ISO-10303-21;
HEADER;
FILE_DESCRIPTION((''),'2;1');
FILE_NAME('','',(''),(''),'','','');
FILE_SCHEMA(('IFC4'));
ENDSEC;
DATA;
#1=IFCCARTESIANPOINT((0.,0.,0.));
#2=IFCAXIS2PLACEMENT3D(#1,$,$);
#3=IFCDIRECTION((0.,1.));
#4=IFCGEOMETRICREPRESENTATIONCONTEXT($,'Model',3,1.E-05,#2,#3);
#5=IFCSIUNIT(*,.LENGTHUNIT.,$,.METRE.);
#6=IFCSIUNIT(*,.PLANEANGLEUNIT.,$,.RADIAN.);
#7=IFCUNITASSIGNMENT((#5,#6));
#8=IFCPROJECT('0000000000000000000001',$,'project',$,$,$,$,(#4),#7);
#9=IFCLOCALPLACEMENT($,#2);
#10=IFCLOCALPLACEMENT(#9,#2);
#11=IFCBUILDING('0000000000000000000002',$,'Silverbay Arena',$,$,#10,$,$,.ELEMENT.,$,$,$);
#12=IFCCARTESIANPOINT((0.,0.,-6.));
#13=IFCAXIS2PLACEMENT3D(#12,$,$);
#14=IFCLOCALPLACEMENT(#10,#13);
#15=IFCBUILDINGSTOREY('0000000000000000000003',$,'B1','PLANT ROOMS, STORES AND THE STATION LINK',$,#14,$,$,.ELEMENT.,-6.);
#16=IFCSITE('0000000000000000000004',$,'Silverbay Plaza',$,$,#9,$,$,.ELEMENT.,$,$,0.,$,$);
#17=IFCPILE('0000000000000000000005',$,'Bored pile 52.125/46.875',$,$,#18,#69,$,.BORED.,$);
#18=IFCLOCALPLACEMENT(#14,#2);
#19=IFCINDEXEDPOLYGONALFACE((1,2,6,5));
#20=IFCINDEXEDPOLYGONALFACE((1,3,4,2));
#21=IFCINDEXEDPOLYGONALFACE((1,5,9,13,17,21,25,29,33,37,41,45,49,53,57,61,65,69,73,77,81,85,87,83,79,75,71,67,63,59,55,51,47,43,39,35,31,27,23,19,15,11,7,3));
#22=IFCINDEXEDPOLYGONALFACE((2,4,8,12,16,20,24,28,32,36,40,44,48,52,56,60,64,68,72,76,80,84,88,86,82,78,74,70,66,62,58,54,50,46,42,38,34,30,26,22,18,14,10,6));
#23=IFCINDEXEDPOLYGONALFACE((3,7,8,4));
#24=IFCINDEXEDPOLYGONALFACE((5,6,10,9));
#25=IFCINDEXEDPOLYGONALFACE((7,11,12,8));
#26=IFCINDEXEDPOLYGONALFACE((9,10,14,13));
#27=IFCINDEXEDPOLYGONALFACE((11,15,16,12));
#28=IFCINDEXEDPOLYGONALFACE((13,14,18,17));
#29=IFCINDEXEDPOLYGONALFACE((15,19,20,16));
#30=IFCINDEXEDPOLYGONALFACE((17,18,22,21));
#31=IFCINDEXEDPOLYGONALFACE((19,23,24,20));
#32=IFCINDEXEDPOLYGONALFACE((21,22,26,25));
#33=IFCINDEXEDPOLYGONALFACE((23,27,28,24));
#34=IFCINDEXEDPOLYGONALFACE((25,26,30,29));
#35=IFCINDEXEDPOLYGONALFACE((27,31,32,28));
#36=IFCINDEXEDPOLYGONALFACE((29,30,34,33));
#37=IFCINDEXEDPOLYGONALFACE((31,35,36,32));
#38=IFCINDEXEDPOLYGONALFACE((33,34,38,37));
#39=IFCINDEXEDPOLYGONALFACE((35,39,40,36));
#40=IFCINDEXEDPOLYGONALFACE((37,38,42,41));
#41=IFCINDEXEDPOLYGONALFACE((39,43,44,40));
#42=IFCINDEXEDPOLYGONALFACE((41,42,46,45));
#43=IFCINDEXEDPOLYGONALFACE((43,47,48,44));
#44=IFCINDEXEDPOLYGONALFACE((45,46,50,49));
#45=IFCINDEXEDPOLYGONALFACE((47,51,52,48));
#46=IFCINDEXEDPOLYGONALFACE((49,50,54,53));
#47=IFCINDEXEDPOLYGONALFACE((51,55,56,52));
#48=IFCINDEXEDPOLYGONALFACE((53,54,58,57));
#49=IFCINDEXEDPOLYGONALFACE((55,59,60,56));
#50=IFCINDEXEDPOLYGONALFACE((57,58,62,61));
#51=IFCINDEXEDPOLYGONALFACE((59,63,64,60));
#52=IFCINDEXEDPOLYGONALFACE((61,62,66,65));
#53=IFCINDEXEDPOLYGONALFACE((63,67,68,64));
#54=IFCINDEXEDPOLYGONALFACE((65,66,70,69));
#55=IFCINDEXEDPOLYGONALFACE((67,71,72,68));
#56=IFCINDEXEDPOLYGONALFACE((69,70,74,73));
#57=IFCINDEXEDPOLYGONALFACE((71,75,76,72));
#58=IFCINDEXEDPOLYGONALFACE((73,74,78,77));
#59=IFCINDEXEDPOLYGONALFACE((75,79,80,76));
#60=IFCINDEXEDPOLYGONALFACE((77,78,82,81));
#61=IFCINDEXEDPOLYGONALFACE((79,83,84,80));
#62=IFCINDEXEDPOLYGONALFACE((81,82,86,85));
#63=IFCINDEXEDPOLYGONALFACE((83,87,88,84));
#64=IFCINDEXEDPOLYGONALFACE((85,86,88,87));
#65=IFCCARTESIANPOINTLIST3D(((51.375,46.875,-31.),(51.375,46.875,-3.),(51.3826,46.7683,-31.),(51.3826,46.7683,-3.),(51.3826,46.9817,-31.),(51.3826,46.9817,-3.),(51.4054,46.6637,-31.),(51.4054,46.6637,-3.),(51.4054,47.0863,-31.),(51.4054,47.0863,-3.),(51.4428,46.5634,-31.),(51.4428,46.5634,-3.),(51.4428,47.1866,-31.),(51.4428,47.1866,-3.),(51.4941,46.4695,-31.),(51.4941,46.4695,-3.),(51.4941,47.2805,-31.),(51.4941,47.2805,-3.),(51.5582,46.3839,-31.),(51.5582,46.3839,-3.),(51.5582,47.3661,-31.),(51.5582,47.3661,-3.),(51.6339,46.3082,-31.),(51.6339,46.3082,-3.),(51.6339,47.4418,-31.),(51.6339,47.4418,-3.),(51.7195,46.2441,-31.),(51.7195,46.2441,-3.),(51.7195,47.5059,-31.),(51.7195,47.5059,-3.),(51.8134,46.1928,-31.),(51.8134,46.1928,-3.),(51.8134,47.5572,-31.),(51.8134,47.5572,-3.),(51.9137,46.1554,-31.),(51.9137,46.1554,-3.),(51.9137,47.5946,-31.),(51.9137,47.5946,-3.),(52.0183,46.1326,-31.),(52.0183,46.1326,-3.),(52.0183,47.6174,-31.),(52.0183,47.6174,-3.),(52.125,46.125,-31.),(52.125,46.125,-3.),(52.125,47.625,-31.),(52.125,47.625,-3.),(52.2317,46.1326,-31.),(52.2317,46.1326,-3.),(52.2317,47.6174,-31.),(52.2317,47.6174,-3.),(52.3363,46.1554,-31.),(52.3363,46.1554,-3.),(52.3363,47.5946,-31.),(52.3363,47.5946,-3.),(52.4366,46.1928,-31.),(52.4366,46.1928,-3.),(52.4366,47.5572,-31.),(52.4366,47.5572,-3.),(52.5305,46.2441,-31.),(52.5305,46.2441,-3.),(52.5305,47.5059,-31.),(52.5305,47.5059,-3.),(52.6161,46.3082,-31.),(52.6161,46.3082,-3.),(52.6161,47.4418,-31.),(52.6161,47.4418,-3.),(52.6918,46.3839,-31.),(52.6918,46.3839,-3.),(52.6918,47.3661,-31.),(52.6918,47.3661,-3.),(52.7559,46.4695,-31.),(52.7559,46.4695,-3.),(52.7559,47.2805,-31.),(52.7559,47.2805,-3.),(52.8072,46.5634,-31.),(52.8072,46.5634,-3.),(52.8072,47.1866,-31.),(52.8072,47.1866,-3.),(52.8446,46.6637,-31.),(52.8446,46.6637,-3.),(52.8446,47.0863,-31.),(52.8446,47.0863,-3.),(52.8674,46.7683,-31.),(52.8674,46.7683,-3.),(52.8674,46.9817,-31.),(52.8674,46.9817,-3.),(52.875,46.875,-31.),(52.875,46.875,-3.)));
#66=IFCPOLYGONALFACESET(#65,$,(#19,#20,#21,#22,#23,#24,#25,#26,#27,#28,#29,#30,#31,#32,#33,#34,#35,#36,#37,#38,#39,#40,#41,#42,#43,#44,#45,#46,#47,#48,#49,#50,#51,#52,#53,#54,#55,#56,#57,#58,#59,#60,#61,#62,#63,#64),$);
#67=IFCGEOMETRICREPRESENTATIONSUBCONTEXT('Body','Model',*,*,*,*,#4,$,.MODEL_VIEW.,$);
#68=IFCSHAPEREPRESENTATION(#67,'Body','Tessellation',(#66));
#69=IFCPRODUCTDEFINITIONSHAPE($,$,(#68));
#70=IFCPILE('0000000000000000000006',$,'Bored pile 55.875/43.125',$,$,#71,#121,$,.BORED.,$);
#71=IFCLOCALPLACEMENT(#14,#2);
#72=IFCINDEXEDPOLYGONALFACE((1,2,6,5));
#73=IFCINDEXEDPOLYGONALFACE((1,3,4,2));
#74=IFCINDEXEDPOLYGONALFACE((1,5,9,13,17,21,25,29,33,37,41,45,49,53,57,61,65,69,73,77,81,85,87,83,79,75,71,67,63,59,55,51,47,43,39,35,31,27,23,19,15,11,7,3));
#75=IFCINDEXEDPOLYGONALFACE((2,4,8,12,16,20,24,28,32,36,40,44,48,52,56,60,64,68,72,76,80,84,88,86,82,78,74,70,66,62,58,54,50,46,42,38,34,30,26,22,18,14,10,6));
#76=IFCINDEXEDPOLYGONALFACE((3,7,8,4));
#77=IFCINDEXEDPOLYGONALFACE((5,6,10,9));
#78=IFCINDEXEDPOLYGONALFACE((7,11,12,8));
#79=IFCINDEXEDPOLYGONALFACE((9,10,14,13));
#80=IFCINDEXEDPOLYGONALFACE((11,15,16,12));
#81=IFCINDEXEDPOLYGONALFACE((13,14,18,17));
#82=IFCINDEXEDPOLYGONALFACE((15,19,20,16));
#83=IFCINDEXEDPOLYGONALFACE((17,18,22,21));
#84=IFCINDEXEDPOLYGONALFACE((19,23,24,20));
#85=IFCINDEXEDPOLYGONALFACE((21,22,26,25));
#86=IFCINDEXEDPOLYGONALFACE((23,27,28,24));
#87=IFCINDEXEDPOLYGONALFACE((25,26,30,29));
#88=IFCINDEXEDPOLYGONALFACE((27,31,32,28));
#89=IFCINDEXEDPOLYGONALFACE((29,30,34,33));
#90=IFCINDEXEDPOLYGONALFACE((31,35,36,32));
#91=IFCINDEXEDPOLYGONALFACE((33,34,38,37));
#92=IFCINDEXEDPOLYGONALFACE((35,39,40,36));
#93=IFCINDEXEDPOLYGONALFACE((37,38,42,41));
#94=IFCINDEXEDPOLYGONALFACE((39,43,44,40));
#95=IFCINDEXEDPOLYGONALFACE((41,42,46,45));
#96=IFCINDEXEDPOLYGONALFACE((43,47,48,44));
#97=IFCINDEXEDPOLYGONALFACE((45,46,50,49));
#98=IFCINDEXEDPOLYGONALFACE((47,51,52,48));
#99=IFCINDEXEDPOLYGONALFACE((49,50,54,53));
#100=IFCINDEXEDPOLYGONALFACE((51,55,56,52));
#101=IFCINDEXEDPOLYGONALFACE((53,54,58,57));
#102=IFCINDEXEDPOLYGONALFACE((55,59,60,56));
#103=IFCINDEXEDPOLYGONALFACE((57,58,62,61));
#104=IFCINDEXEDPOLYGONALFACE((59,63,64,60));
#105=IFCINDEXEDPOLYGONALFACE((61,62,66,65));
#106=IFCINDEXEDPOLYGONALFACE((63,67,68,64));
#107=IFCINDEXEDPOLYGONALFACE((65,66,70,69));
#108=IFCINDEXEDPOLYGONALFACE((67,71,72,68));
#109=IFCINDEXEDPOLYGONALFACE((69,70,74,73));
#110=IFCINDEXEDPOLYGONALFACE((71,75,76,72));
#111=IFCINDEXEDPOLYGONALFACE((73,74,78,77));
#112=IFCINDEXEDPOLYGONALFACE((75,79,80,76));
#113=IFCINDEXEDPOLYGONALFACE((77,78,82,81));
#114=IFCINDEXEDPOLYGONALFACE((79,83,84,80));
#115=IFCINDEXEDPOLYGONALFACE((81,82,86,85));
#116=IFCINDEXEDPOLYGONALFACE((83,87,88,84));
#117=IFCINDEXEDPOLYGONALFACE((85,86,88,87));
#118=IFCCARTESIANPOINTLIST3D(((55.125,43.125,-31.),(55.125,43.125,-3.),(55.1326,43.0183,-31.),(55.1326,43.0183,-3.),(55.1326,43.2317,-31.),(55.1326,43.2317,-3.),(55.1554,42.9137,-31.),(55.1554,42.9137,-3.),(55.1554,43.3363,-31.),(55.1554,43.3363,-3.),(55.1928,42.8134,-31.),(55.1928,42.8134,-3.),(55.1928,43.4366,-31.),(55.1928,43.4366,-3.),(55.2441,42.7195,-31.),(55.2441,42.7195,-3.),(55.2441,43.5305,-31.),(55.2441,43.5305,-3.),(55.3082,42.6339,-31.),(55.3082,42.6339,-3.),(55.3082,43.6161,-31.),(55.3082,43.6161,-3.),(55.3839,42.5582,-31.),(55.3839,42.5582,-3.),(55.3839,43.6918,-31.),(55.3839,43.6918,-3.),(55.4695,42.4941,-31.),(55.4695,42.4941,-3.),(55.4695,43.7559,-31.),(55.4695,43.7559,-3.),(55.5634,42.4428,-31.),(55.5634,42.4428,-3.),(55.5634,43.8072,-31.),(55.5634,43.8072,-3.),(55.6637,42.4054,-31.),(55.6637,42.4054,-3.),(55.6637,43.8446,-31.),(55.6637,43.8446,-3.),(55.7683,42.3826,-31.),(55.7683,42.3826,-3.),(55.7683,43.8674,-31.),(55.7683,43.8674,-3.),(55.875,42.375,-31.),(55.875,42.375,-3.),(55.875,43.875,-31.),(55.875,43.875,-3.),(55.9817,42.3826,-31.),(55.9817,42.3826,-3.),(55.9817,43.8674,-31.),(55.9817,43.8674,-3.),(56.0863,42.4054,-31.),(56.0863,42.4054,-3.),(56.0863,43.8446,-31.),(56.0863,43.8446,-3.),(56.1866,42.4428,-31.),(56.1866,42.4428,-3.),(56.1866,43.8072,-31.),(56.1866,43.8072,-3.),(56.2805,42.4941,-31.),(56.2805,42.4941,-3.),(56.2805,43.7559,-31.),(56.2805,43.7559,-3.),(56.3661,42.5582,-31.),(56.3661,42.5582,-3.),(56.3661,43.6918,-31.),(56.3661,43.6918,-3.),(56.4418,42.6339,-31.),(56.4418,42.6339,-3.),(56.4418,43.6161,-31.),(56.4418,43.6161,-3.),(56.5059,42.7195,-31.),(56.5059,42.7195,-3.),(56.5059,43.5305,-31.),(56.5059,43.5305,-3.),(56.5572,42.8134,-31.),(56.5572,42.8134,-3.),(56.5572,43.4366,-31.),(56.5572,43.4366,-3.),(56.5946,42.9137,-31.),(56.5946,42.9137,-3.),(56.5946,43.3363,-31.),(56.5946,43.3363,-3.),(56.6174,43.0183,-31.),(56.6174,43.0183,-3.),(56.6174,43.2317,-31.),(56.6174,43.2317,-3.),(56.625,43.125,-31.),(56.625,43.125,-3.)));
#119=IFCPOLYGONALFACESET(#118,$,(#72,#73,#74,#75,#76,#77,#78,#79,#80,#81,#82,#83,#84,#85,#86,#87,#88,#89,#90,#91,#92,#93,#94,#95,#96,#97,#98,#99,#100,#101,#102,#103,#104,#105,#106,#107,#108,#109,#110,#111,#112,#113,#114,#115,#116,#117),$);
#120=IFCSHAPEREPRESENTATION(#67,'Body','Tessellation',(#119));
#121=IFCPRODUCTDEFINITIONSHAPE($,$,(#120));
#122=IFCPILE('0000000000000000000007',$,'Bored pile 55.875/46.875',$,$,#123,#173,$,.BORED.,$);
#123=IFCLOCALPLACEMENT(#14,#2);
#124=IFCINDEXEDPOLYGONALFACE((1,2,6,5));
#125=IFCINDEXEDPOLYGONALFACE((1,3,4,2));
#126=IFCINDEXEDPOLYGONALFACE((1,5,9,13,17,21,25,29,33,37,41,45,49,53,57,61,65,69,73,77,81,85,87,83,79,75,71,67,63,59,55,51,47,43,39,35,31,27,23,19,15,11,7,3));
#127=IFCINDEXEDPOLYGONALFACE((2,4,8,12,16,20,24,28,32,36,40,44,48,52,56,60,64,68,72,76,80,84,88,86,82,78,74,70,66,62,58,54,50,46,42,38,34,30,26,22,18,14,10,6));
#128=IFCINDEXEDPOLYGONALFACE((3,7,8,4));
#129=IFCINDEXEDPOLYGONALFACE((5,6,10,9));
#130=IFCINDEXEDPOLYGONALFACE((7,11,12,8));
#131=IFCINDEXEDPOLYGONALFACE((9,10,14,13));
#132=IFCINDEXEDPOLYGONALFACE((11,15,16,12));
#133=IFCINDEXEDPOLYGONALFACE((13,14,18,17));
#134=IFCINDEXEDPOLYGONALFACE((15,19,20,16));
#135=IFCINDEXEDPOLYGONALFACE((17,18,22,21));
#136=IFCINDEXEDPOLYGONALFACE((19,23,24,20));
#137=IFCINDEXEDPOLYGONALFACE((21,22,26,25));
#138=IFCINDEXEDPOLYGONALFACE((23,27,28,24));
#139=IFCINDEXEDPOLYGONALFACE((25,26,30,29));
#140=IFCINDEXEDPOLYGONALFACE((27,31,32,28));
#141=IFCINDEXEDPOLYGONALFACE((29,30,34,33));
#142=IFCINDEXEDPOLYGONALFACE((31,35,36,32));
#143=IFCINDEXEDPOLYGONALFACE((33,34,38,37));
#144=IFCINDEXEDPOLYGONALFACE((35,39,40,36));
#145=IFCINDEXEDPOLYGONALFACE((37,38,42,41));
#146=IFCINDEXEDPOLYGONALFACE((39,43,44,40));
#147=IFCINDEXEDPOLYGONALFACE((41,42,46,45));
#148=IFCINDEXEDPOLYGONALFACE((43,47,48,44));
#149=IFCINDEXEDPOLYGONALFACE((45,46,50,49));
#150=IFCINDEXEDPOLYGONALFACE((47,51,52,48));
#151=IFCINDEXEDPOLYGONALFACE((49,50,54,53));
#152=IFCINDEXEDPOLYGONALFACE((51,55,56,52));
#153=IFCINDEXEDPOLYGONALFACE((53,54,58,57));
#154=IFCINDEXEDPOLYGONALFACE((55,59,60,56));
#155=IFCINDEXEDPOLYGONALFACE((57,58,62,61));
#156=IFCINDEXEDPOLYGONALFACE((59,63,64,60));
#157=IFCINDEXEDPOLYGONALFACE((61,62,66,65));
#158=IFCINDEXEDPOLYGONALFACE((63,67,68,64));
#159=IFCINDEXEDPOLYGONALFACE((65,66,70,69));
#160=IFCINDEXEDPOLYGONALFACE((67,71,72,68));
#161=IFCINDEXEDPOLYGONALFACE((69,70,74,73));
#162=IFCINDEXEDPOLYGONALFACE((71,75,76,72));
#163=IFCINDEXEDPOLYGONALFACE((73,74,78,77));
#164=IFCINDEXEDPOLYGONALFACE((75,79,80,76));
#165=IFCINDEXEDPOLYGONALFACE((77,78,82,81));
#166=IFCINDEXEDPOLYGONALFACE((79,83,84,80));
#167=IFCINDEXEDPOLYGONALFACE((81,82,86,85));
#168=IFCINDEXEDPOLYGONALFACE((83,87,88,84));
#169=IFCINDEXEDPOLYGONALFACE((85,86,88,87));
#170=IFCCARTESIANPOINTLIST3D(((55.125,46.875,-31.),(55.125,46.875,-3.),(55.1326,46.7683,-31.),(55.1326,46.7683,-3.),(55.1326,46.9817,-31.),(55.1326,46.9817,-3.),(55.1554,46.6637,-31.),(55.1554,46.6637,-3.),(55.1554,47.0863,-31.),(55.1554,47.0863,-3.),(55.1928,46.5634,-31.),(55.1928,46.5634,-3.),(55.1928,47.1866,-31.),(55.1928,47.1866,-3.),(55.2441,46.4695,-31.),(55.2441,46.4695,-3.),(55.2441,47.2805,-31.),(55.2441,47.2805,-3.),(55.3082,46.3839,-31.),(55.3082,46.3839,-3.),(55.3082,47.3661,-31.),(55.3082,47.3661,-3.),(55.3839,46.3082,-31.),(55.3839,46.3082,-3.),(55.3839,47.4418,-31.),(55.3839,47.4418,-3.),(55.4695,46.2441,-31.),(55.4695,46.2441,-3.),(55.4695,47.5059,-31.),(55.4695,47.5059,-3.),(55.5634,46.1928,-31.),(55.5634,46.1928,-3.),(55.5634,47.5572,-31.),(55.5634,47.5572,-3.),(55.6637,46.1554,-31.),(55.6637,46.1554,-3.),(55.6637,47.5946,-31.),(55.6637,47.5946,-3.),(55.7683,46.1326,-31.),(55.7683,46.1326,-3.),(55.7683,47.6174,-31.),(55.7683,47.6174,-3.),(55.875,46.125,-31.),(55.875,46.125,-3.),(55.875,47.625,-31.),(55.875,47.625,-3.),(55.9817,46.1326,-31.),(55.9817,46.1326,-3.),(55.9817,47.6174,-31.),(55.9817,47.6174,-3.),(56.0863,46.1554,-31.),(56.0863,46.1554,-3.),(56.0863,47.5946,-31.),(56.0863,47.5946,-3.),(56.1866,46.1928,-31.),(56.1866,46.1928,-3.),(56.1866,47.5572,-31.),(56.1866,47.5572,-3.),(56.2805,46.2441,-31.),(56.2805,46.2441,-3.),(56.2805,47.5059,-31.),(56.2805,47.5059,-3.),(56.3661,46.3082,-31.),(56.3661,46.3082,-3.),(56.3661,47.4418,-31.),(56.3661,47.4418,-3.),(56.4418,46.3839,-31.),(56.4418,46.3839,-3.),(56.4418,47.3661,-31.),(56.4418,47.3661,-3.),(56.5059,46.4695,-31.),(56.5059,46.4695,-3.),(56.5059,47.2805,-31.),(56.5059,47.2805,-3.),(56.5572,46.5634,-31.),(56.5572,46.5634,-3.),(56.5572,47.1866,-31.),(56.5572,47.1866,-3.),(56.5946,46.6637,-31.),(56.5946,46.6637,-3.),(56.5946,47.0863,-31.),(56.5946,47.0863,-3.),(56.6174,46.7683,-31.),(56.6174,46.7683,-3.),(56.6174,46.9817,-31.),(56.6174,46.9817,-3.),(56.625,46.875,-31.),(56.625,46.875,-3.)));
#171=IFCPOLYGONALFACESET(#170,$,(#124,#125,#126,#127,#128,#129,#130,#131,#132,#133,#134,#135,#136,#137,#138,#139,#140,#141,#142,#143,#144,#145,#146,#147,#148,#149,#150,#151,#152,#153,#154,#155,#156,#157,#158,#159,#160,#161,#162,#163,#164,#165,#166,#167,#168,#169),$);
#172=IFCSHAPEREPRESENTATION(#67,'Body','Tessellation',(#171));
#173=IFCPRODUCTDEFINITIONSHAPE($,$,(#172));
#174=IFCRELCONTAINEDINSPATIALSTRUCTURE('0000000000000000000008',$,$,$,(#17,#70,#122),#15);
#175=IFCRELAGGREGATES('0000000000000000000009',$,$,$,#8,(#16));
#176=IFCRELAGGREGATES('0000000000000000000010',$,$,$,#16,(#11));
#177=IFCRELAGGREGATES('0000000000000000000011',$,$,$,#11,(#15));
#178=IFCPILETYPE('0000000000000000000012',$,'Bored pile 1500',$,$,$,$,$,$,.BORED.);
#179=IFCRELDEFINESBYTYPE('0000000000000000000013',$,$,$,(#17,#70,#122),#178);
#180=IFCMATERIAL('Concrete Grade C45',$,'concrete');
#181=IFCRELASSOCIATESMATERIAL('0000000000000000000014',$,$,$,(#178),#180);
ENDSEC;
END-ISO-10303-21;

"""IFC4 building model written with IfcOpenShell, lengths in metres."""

from ifc_helpers import new_model, si_unit, direction, frame, origin, origin_2d, place, context, subcontext, project, spatial, circle, extrude, material, material_profile, profile_set, type_object, element, save


model = new_model("IFC4")

# Units and contexts
model_context = context("Model", 3, precision=1e-05, world=origin(), true_north=direction((0.0, 1.0)))
body_context = subcontext(model_context, "Body", "Model", "MODEL_VIEW")
ifc_project = project(units=[si_unit("LENGTHUNIT", "METRE"), si_unit("PLANEANGLEUNIT", "RADIAN")], contexts=[model_context])

# Site, building, storey
site_placement = place(None, origin())
site = spatial("IfcSite", under=ifc_project, at=site_placement, Name="Silverbay Plaza", CompositionType="ELEMENT", RefElevation=0.0)
building_placement = place(site_placement, origin())
building = spatial("IfcBuilding", under=site, at=building_placement, Name="Silverbay Arena", CompositionType="ELEMENT")
storey_placement = place(building_placement, frame((0.0, 0.0, -6.0)))
storey = spatial("IfcBuildingStorey", under=building, at=storey_placement, Name="B1", Description="PLANT ROOMS, STORES AND THE STATION LINK", CompositionType="ELEMENT", Elevation=-6.0)

# Piles
ifc_material_1 = material(Name="Concrete Grade C45", Category="concrete")
ifc_material_profile_1 = material_profile(ifc_material_1, circle(Radius=0.75, at=origin_2d()), Name="Bored pile 1500")
ifc_profile_set_1 = profile_set([ifc_material_profile_1], Name="Concrete Grade C45")
pile_type_1 = type_object("IfcPileType", Name="Bored pile 1500", PredefinedType="BORED", material=ifc_profile_set_1)
for number, where, z_axis, x_axis, name in (
    (1, (52.125, 46.875, -3.0), (0.0, 0.0, -1.0), (1.0, 0.0, 0.0), "Bored pile 52.125/46.875"),
    (2, (55.875, 43.125, -3.0), (0.0, 0.0, -1.0), (1.0, 0.0, 0.0), "Bored pile 55.875/43.125"),
    (3, (55.875, 46.875, -3.0), (0.0, 0.0, -1.0), (1.0, 0.0, 0.0), "Bored pile 55.875/46.875"),
):
    element("IfcPile", number, at=place(storey_placement, frame(where, z_axis=z_axis, x_axis=x_axis)), inside=storey, type_object=pile_type_1, Name=name, PredefinedType="BORED", context=body_context, shape_type="SweptSolid", body=[
        extrude(circle(Radius=0.75, at=origin_2d()), origin(), (0.0, 0.0, 1.0), 28.0),
    ])

save(model, "model.ifc")
